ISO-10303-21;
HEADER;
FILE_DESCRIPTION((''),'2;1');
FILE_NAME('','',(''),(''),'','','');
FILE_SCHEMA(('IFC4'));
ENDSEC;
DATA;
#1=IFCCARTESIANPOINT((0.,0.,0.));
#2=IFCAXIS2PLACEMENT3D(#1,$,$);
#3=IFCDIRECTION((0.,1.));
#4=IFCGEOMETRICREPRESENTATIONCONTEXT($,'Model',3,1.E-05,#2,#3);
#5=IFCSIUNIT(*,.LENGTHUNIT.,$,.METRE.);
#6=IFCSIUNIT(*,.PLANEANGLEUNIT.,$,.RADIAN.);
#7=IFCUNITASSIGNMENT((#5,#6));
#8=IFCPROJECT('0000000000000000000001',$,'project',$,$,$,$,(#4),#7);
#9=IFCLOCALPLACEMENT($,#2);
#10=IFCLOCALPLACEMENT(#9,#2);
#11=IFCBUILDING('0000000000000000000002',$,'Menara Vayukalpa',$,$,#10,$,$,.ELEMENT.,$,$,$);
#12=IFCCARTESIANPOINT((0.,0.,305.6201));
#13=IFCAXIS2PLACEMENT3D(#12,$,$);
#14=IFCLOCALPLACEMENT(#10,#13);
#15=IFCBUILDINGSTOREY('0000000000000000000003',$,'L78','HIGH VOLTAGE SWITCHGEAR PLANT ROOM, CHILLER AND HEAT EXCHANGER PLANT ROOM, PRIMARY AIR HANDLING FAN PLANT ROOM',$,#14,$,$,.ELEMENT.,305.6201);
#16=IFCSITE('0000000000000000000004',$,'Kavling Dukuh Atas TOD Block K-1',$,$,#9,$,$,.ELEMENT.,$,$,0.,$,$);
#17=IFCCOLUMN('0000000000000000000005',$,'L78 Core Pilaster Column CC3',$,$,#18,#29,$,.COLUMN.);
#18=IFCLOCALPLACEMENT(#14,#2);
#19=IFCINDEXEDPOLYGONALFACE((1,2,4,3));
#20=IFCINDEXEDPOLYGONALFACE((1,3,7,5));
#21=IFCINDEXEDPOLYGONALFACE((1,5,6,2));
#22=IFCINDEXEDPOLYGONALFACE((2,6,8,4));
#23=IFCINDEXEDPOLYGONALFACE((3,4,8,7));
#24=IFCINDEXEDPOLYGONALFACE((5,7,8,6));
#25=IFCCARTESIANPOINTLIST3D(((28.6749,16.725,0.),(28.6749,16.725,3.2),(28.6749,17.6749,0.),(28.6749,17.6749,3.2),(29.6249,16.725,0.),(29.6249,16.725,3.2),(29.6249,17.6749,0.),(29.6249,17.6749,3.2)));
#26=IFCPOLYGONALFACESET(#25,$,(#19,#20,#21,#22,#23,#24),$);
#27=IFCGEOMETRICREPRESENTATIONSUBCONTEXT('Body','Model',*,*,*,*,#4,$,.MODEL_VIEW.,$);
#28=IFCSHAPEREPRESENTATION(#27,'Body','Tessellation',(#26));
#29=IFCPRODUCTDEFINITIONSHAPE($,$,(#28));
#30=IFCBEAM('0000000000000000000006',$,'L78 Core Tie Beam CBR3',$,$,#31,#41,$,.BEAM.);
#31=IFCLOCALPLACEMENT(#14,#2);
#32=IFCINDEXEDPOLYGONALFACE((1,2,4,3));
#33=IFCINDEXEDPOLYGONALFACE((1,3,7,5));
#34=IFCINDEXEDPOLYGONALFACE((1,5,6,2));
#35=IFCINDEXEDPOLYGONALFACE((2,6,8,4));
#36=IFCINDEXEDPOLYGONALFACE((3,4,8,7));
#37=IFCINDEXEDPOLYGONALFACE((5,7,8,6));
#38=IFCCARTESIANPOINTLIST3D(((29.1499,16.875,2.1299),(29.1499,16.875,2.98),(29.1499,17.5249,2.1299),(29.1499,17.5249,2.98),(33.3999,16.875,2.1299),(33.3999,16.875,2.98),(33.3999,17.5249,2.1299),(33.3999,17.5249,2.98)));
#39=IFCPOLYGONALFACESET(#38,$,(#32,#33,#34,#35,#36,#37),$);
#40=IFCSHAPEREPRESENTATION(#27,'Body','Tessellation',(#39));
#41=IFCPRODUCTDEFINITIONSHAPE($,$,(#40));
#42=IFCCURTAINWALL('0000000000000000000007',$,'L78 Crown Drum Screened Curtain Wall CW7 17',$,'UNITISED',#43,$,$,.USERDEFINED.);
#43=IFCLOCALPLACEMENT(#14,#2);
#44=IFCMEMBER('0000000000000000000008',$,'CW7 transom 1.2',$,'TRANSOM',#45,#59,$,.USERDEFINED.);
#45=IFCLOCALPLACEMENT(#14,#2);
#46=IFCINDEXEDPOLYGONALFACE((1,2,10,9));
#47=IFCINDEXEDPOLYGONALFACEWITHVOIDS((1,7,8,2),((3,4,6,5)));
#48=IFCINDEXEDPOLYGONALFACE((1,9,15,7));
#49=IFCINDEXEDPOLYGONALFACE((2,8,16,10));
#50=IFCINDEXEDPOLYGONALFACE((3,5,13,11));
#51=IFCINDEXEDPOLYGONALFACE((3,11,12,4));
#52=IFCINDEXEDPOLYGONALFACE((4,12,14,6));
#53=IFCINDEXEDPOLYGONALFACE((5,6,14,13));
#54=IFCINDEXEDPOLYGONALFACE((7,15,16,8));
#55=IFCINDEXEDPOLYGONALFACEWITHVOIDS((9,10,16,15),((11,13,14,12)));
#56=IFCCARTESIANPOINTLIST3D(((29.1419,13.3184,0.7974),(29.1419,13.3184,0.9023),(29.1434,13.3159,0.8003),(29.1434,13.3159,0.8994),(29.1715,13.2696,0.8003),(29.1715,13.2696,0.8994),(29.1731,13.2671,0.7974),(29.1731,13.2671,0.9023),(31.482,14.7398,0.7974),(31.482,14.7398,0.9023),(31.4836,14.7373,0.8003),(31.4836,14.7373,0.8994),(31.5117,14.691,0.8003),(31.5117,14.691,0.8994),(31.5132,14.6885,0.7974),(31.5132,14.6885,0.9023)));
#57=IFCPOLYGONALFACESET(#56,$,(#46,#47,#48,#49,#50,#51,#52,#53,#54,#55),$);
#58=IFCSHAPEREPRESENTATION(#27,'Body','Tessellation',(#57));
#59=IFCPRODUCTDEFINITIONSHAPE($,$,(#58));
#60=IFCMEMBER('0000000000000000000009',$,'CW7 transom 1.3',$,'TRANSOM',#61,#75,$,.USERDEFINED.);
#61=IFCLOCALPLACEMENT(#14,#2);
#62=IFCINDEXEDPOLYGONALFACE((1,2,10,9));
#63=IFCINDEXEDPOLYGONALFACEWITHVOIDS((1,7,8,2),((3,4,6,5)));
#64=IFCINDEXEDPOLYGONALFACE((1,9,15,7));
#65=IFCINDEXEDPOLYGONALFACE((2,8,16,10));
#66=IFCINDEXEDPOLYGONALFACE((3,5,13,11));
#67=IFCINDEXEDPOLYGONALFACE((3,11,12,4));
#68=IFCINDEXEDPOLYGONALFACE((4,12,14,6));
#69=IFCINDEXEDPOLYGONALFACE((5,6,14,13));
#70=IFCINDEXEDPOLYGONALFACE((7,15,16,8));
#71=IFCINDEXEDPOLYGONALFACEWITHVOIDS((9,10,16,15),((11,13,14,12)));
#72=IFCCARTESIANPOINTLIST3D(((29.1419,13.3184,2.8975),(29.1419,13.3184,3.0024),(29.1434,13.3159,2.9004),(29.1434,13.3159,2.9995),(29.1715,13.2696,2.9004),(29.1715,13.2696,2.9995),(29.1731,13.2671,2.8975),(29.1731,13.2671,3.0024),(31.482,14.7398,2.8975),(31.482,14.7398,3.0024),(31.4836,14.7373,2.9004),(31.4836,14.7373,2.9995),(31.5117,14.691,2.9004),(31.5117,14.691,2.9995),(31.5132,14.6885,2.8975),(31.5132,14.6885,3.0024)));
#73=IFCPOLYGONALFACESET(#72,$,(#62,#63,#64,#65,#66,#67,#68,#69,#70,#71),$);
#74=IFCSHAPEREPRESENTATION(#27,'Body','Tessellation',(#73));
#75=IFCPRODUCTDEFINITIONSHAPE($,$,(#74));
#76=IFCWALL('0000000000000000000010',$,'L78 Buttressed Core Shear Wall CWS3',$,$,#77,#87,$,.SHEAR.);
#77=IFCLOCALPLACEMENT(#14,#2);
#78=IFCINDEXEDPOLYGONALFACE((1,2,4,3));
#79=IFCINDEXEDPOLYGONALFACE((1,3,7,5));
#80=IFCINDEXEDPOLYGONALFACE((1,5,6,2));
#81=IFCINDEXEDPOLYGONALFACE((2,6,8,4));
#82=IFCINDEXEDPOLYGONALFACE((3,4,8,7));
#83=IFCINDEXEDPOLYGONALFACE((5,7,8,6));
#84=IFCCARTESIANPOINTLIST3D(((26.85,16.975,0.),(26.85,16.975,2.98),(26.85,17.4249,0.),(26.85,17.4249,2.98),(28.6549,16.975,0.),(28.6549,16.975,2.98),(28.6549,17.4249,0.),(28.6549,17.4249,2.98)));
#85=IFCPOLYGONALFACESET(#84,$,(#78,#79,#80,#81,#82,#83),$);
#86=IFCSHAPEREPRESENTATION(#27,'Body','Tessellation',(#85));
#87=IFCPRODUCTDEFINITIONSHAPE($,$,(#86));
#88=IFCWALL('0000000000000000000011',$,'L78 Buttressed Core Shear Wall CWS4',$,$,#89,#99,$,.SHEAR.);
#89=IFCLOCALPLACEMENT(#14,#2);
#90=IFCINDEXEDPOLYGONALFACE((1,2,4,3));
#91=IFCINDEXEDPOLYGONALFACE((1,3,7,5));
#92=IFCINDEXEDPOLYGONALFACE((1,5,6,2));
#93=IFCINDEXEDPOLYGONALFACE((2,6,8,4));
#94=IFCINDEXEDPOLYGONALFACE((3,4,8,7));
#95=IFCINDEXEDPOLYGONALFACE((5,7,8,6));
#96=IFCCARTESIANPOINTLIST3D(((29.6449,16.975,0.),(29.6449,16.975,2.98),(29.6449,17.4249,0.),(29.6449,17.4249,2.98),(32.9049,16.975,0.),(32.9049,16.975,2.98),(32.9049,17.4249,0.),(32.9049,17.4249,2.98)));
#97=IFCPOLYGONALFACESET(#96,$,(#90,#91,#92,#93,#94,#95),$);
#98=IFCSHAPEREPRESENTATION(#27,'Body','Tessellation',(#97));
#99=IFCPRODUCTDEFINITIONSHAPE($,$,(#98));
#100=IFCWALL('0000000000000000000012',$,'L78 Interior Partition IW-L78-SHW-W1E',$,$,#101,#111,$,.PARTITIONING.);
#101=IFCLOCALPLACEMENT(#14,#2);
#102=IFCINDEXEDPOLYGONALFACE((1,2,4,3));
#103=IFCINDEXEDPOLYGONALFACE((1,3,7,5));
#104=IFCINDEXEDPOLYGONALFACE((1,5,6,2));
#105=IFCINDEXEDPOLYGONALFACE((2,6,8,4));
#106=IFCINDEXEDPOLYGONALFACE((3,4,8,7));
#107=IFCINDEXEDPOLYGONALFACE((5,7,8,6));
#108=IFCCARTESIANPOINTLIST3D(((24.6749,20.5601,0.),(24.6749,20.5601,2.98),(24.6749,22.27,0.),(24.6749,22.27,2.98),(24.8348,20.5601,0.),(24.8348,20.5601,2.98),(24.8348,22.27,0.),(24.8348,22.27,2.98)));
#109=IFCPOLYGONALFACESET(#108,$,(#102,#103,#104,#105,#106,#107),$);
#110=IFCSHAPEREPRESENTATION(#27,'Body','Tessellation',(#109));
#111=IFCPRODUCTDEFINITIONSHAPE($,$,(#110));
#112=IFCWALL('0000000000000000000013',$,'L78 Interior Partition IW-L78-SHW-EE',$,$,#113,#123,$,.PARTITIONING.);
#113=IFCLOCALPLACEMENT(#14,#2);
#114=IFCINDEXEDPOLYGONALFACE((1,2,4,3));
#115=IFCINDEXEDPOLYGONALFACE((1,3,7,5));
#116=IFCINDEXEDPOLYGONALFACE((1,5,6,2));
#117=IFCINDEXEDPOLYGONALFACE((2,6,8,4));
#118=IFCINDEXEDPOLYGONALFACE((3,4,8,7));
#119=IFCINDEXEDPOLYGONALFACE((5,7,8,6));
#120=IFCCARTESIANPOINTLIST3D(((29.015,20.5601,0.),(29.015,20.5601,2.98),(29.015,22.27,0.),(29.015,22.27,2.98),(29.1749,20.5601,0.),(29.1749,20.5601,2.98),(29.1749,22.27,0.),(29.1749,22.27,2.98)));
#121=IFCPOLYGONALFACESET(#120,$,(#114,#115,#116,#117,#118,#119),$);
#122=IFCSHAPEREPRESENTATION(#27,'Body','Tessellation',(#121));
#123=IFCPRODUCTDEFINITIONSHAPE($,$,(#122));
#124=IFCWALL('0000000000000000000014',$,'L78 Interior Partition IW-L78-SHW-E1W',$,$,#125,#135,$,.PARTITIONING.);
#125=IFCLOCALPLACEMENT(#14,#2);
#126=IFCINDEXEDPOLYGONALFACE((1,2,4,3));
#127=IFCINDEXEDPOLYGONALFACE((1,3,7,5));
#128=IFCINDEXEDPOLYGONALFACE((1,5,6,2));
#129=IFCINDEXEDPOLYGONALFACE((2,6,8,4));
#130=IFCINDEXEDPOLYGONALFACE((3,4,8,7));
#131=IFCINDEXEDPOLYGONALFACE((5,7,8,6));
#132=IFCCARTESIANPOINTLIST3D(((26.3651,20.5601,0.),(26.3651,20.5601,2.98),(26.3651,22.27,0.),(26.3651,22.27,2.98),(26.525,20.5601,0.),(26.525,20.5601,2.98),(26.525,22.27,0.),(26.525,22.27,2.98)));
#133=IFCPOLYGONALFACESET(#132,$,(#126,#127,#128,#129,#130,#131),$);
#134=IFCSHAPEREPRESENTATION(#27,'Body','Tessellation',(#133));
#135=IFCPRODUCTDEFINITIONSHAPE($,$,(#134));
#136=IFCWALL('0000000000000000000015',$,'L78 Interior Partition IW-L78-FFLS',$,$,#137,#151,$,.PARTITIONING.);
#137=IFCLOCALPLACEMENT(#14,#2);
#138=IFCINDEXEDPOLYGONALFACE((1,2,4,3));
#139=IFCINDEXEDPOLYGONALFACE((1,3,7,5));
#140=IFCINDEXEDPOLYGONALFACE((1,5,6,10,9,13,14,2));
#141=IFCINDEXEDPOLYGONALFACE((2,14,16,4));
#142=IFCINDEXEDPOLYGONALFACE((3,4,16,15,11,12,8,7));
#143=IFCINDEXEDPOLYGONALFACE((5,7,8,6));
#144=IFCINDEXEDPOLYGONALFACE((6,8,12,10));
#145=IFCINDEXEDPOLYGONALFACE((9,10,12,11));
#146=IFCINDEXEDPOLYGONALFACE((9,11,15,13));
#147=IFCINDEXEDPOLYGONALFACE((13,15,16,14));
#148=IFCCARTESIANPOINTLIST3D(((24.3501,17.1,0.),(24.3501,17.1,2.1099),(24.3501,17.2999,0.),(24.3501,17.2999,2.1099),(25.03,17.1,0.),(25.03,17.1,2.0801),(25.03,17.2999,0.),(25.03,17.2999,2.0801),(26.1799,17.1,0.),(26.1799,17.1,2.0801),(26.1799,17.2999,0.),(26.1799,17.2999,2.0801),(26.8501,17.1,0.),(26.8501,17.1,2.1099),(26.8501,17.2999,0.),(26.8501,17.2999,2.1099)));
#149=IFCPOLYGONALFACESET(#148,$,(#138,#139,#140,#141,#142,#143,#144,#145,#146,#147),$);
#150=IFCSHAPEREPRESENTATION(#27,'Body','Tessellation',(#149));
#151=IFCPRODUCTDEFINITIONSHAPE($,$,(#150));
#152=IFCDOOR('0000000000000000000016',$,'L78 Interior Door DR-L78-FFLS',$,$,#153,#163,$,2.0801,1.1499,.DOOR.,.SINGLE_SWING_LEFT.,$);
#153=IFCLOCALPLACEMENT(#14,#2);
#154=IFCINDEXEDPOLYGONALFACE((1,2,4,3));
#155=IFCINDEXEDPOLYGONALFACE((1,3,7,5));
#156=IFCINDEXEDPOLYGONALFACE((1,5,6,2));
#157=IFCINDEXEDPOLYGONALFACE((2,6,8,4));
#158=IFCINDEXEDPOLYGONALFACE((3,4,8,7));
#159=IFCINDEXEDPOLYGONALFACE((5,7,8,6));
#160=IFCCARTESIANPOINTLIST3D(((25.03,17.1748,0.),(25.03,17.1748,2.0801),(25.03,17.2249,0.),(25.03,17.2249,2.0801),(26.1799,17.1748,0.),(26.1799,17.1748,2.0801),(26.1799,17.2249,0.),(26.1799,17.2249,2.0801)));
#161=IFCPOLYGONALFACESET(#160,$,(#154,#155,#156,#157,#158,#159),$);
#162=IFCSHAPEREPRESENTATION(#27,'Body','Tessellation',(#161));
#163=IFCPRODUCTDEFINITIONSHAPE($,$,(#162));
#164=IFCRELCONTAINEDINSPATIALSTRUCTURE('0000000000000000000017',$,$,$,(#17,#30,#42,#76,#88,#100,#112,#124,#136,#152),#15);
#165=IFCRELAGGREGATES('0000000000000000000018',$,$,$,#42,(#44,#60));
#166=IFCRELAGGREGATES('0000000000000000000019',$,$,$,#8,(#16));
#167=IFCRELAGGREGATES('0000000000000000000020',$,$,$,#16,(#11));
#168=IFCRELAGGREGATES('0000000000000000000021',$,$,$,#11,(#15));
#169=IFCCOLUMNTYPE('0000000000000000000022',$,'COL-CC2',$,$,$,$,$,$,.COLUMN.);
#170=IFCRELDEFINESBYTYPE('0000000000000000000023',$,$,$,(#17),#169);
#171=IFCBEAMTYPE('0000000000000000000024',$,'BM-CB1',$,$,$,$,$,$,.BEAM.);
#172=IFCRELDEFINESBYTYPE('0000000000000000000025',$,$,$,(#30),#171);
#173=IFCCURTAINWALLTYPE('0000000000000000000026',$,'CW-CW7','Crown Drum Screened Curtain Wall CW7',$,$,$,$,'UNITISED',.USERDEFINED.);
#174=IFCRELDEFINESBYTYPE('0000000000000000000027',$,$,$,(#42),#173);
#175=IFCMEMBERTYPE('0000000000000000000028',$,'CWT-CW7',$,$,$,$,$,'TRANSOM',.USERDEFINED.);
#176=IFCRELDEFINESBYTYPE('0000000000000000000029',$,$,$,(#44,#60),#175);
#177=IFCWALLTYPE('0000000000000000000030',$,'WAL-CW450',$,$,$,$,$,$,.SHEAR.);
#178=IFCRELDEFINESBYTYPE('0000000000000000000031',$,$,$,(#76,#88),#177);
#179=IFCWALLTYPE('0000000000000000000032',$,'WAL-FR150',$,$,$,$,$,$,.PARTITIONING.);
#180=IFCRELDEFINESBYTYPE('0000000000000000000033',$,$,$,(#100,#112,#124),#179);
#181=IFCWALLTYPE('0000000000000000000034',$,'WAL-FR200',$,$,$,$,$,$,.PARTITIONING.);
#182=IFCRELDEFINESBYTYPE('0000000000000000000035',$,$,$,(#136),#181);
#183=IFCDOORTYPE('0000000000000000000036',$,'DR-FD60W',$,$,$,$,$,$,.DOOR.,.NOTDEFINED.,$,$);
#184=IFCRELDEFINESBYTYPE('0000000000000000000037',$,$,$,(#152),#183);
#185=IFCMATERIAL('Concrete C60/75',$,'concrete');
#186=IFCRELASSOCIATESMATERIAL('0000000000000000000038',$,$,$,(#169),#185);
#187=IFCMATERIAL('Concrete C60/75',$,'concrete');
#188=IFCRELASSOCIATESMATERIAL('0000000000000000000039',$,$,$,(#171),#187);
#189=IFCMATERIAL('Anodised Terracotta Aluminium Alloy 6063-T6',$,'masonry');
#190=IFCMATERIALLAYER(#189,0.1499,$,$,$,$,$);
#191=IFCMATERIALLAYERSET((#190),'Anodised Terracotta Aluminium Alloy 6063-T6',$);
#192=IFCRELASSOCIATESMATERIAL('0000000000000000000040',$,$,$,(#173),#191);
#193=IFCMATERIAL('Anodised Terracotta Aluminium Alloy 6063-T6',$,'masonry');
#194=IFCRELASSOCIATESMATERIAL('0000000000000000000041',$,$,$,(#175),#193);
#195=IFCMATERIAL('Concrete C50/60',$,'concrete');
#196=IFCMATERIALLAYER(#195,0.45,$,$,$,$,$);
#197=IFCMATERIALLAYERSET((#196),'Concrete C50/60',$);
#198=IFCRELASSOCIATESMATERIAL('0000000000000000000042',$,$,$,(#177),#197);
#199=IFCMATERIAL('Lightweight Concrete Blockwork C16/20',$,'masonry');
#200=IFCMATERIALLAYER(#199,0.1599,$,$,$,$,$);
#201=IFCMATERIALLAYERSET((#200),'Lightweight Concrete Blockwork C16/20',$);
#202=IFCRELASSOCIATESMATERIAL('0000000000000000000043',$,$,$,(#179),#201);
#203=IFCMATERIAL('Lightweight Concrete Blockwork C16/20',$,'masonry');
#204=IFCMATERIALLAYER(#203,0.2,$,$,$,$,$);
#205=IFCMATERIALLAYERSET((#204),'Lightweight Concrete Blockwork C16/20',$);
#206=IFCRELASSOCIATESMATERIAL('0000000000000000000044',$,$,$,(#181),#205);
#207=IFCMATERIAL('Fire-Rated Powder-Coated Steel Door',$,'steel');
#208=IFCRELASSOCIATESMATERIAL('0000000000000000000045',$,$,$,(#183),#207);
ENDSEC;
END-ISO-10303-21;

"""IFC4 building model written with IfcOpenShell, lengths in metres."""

from ifc_helpers import new_model, si_unit, direction, frame, frame_2d, origin, origin_2d, place, context, subcontext, project, spatial, rectangle, hollow_rectangle, extrude, material, layer, layer_set, material_profile, profile_set, type_object, element, fill, aggregate, save


model = new_model("IFC4")

# Units and contexts
model_context = context("Model", 3, precision=1e-05, world=origin(), true_north=direction((0.0, 1.0)))
body_context = subcontext(model_context, "Body", "Model", "MODEL_VIEW")
ifc_project = project(units=[si_unit("LENGTHUNIT", "METRE"), si_unit("PLANEANGLEUNIT", "RADIAN")], contexts=[model_context])

# Site, building, storey
site_placement = place(None, origin())
site = spatial("IfcSite", under=ifc_project, at=site_placement, Name="Kavling Dukuh Atas TOD Block K-1", CompositionType="ELEMENT", RefElevation=0.0)
building_placement = place(site_placement, origin())
building = spatial("IfcBuilding", under=site, at=building_placement, Name="Menara Vayukalpa", CompositionType="ELEMENT")
storey_placement = place(building_placement, frame((0.0, 0.0, 305.6201)))
storey = spatial("IfcBuildingStorey", under=building, at=storey_placement, Name="L78", Description="HIGH VOLTAGE SWITCHGEAR PLANT ROOM, CHILLER AND HEAT EXCHANGER PLANT ROOM, PRIMARY AIR HANDLING FAN PLANT ROOM", CompositionType="ELEMENT", Elevation=305.6201)

# Column
ifc_material_1 = material(Name="Concrete C60/75", Category="concrete")
ifc_material_profile_1 = material_profile(ifc_material_1, rectangle(XDim=0.95, YDim=0.95, at=origin_2d()), Name="RC 950x950")
ifc_profile_set_1 = profile_set([ifc_material_profile_1], Name="Concrete C60/75")
column_type = type_object("IfcColumnType", Name="COL-CC2", PredefinedType="COLUMN", material=ifc_profile_set_1)
column_placement = place(storey_placement, frame((29.1499, 17.2, 0.0), z_axis=(0.0, 0.0, 1.0), x_axis=(1.0, 0.0, 0.0)))
element("IfcColumn", 1, at=column_placement, inside=storey, type_object=column_type, Name="L78 Core Pilaster Column CC3", PredefinedType="COLUMN", context=body_context, shape_type="SweptSolid", body=[
    extrude(rectangle(XDim=0.95, YDim=0.95, at=origin_2d()), origin(), (0.0, 0.0, 1.0), 3.2),
])

# Beam
ifc_material_2 = material(Name="Concrete C60/75", Category="concrete")
ifc_material_profile_2 = material_profile(ifc_material_2, rectangle(XDim=0.6499, YDim=0.8501, at=origin_2d()), Name="RC 650x850")
ifc_profile_set_2 = profile_set([ifc_material_profile_2], Name="Concrete C60/75")
beam_type = type_object("IfcBeamType", Name="BM-CB1", PredefinedType="BEAM", material=ifc_profile_set_2)
beam_placement = place(storey_placement, frame((29.1499, 17.2, 2.5549), z_axis=(1.0, 0.0, 0.0), x_axis=(0.0, 1.0, 0.0)))
element("IfcBeam", 2, at=beam_placement, inside=storey, type_object=beam_type, Name="L78 Core Tie Beam CBR3", PredefinedType="BEAM", context=body_context, shape_type="SweptSolid", body=[
    extrude(rectangle(XDim=0.6499, YDim=0.8501, at=origin_2d()), origin(), (0.0, 0.0, 1.0), 4.25),
])

# Curtain wall, members
ifc_material_3 = material(Name="Anodised Terracotta Aluminium Alloy 6063-T6", Category="masonry")
ifc_layer_1 = layer(ifc_material_3, 0.1499)
ifc_layer_set_1 = layer_set([ifc_layer_1], Name="Anodised Terracotta Aluminium Alloy 6063-T6")
curtain_wall_type = type_object("IfcCurtainWallType", Name="CW-CW7", Description="Crown Drum Screened Curtain Wall CW7", ElementType="UNITISED", PredefinedType="USERDEFINED", material=ifc_layer_set_1)
curtain_wall_placement = place(storey_placement, origin())
curtain_wall = element("IfcCurtainWall", 3, at=curtain_wall_placement, inside=storey, type_object=curtain_wall_type, Name="L78 Crown Drum Screened Curtain Wall CW7 17", ObjectType="UNITISED", PredefinedType="USERDEFINED")
ifc_material_4 = material(Name="Anodised Terracotta Aluminium Alloy 6063-T6", Category="masonry")
ifc_material_profile_3 = material_profile(ifc_material_4, hollow_rectangle(XDim=0.0601, YDim=0.105, WallThickness=0.0029, at=origin_2d()), Name="ALU 60x105x3")
ifc_profile_set_3 = profile_set([ifc_material_profile_3], Name="Anodised Terracotta Aluminium Alloy 6063-T6")
member_type = type_object("IfcMemberType", Name="CWT-CW7", ElementType="TRANSOM", PredefinedType="USERDEFINED", material=ifc_profile_set_3)
member_1_placement = place(storey_placement, frame((29.1575, 13.2927, 0.8499), z_axis=(0.854687, 0.519143, 0.0), x_axis=(-0.519143, 0.854687, 0.0)))
member_1 = element("IfcMember", 4, at=member_1_placement, type_object=member_type, Name="CW7 transom 1.2", ObjectType="TRANSOM", PredefinedType="USERDEFINED", context=body_context, shape_type="SweptSolid", body=[
    extrude(hollow_rectangle(XDim=0.0601, YDim=0.105, WallThickness=0.0029, at=origin_2d()), origin(), (0.0, 0.0, 1.0), 2.738),
])
member_2_placement = place(storey_placement, frame((29.1575, 13.2927, 2.95), z_axis=(0.854687, 0.519143, 0.0), x_axis=(-0.519143, 0.854687, 0.0)))
member_2 = element("IfcMember", 5, at=member_2_placement, type_object=member_type, Name="CW7 transom 1.3", ObjectType="TRANSOM", PredefinedType="USERDEFINED", context=body_context, shape_type="SweptSolid", body=[
    extrude(hollow_rectangle(XDim=0.0601, YDim=0.105, WallThickness=0.0029, at=origin_2d()), origin(), (0.0, 0.0, 1.0), 2.738),
])
aggregate(curtain_wall, [member_1, member_2])

# Walls
ifc_material_5 = material(Name="Concrete C50/60", Category="concrete")
ifc_layer_2 = layer(ifc_material_5, 0.45)
ifc_layer_set_2 = layer_set([ifc_layer_2], Name="Concrete C50/60")
wall_type_1 = type_object("IfcWallType", Name="WAL-CW450", PredefinedType="SHEAR", material=ifc_layer_set_2)
wall_1_placement = place(storey_placement, frame((26.8501, 17.2, 0.0), z_axis=(0.0, 0.0, 1.0), x_axis=(1.0, 0.0, 0.0)))
element("IfcWall", 6, at=wall_1_placement, inside=storey, type_object=wall_type_1, Name="L78 Buttressed Core Shear Wall CWS3", PredefinedType="SHEAR", context=body_context, shape_type="SweptSolid", body=[
    extrude(rectangle(XDim=1.8049, YDim=0.45, at=frame_2d((0.9023, 0.0))), origin(), (0.0, 0.0, 1.0), 2.98),
])
wall_2_placement = place(storey_placement, frame((29.645, 17.2, 0.0), z_axis=(0.0, 0.0, 1.0), x_axis=(1.0, 0.0, 0.0)))
element("IfcWall", 7, at=wall_2_placement, inside=storey, type_object=wall_type_1, Name="L78 Buttressed Core Shear Wall CWS4", PredefinedType="SHEAR", context=body_context, shape_type="SweptSolid", body=[
    extrude(rectangle(XDim=3.26, YDim=0.45, at=frame_2d((1.6299, 0.0))), origin(), (0.0, 0.0, 1.0), 2.98),
])
ifc_material_6 = material(Name="Lightweight Concrete Blockwork C16/20", Category="masonry")
ifc_layer_3 = layer(ifc_material_6, 0.1599)
ifc_layer_set_3 = layer_set([ifc_layer_3], Name="Lightweight Concrete Blockwork C16/20")
wall_type_2 = type_object("IfcWallType", Name="WAL-FR150", PredefinedType="PARTITIONING", material=ifc_layer_set_3)
for number, where, z_axis, x_axis, name in (
    (8, (24.7549, 20.5601, 0.0), (0.0, 0.0, 1.0), (0.0, 1.0, 0.0), "L78 Interior Partition IW-L78-SHW-W1E"),
    (9, (29.095, 20.5601, 0.0), (0.0, 0.0, 1.0), (0.0, 1.0, 0.0), "L78 Interior Partition IW-L78-SHW-EE"),
    (10, (26.4451, 20.5601, 0.0), (0.0, 0.0, 1.0), (0.0, 1.0, 0.0), "L78 Interior Partition IW-L78-SHW-E1W"),
):
    element("IfcWall", number, at=place(storey_placement, frame(where, z_axis=z_axis, x_axis=x_axis)), inside=storey, type_object=wall_type_2, Name=name, PredefinedType="PARTITIONING", context=body_context, shape_type="SweptSolid", body=[
        extrude(rectangle(XDim=1.71, YDim=0.1599, at=frame_2d((0.855, 0.0))), origin(), (0.0, 0.0, 1.0), 2.98),
    ])

# Wall, opening, door
ifc_material_7 = material(Name="Lightweight Concrete Blockwork C16/20", Category="masonry")
ifc_layer_4 = layer(ifc_material_7, 0.2)
ifc_layer_set_4 = layer_set([ifc_layer_4], Name="Lightweight Concrete Blockwork C16/20")
wall_type_3 = type_object("IfcWallType", Name="WAL-FR200", PredefinedType="PARTITIONING", material=ifc_layer_set_4)
wall_3_placement = place(storey_placement, frame((24.3501, 17.2, 0.0), z_axis=(0.0, 0.0, 1.0), x_axis=(1.0, 0.0, 0.0)))
wall_3 = element("IfcWall", 11, at=wall_3_placement, inside=storey, type_object=wall_type_3, Name="L78 Interior Partition IW-L78-FFLS", PredefinedType="PARTITIONING", context=body_context, shape_type="SweptSolid", body=[
    extrude(rectangle(XDim=2.5, YDim=0.2, at=frame_2d((1.25, 0.0))), origin(), (0.0, 0.0, 1.0), 2.1099),
])
opening_1_placement = place(wall_3_placement, frame((0.6799, 0.0, 0.0)))
opening_1 = element("IfcOpeningElement", 12, at=opening_1_placement, cuts=wall_3, PredefinedType="OPENING", context=body_context, shape_type="SweptSolid", body=[
    extrude(rectangle(XDim=1.1499, YDim=2.0801, at=frame_2d((0.575, 1.04))), frame((0.0, 0.1099, 0.0), z_axis=(0.0, -1.0, 0.0), x_axis=(1.0, 0.0, 0.0)), (0.0, 0.0, 1.0), 0.22),
])
ifc_material_8 = material(Name="Fire-Rated Powder-Coated Steel Door", Category="steel")
door_type_1 = type_object("IfcDoorType", Name="DR-FD60W", OperationType="NOTDEFINED", PredefinedType="DOOR", material=ifc_material_8)
door_1_placement = place(opening_1_placement, origin())
door_1 = element("IfcDoor", 13, at=door_1_placement, inside=storey, type_object=door_type_1, Name="L78 Interior Door DR-L78-FFLS", OperationType="SINGLE_SWING_LEFT", OverallHeight=2.0801, OverallWidth=1.1499, PredefinedType="DOOR", context=body_context, shape_type="SweptSolid", body=[
    extrude(rectangle(XDim=1.1499, YDim=2.0801, at=frame_2d((0.575, 1.04))), frame((0.0, 0.0249, 0.0), z_axis=(0.0, -1.0, 0.0), x_axis=(1.0, 0.0, 0.0)), (0.0, 0.0, 1.0), 0.05),
])
fill(opening_1, door_1)

save(model, "model.ifc")
